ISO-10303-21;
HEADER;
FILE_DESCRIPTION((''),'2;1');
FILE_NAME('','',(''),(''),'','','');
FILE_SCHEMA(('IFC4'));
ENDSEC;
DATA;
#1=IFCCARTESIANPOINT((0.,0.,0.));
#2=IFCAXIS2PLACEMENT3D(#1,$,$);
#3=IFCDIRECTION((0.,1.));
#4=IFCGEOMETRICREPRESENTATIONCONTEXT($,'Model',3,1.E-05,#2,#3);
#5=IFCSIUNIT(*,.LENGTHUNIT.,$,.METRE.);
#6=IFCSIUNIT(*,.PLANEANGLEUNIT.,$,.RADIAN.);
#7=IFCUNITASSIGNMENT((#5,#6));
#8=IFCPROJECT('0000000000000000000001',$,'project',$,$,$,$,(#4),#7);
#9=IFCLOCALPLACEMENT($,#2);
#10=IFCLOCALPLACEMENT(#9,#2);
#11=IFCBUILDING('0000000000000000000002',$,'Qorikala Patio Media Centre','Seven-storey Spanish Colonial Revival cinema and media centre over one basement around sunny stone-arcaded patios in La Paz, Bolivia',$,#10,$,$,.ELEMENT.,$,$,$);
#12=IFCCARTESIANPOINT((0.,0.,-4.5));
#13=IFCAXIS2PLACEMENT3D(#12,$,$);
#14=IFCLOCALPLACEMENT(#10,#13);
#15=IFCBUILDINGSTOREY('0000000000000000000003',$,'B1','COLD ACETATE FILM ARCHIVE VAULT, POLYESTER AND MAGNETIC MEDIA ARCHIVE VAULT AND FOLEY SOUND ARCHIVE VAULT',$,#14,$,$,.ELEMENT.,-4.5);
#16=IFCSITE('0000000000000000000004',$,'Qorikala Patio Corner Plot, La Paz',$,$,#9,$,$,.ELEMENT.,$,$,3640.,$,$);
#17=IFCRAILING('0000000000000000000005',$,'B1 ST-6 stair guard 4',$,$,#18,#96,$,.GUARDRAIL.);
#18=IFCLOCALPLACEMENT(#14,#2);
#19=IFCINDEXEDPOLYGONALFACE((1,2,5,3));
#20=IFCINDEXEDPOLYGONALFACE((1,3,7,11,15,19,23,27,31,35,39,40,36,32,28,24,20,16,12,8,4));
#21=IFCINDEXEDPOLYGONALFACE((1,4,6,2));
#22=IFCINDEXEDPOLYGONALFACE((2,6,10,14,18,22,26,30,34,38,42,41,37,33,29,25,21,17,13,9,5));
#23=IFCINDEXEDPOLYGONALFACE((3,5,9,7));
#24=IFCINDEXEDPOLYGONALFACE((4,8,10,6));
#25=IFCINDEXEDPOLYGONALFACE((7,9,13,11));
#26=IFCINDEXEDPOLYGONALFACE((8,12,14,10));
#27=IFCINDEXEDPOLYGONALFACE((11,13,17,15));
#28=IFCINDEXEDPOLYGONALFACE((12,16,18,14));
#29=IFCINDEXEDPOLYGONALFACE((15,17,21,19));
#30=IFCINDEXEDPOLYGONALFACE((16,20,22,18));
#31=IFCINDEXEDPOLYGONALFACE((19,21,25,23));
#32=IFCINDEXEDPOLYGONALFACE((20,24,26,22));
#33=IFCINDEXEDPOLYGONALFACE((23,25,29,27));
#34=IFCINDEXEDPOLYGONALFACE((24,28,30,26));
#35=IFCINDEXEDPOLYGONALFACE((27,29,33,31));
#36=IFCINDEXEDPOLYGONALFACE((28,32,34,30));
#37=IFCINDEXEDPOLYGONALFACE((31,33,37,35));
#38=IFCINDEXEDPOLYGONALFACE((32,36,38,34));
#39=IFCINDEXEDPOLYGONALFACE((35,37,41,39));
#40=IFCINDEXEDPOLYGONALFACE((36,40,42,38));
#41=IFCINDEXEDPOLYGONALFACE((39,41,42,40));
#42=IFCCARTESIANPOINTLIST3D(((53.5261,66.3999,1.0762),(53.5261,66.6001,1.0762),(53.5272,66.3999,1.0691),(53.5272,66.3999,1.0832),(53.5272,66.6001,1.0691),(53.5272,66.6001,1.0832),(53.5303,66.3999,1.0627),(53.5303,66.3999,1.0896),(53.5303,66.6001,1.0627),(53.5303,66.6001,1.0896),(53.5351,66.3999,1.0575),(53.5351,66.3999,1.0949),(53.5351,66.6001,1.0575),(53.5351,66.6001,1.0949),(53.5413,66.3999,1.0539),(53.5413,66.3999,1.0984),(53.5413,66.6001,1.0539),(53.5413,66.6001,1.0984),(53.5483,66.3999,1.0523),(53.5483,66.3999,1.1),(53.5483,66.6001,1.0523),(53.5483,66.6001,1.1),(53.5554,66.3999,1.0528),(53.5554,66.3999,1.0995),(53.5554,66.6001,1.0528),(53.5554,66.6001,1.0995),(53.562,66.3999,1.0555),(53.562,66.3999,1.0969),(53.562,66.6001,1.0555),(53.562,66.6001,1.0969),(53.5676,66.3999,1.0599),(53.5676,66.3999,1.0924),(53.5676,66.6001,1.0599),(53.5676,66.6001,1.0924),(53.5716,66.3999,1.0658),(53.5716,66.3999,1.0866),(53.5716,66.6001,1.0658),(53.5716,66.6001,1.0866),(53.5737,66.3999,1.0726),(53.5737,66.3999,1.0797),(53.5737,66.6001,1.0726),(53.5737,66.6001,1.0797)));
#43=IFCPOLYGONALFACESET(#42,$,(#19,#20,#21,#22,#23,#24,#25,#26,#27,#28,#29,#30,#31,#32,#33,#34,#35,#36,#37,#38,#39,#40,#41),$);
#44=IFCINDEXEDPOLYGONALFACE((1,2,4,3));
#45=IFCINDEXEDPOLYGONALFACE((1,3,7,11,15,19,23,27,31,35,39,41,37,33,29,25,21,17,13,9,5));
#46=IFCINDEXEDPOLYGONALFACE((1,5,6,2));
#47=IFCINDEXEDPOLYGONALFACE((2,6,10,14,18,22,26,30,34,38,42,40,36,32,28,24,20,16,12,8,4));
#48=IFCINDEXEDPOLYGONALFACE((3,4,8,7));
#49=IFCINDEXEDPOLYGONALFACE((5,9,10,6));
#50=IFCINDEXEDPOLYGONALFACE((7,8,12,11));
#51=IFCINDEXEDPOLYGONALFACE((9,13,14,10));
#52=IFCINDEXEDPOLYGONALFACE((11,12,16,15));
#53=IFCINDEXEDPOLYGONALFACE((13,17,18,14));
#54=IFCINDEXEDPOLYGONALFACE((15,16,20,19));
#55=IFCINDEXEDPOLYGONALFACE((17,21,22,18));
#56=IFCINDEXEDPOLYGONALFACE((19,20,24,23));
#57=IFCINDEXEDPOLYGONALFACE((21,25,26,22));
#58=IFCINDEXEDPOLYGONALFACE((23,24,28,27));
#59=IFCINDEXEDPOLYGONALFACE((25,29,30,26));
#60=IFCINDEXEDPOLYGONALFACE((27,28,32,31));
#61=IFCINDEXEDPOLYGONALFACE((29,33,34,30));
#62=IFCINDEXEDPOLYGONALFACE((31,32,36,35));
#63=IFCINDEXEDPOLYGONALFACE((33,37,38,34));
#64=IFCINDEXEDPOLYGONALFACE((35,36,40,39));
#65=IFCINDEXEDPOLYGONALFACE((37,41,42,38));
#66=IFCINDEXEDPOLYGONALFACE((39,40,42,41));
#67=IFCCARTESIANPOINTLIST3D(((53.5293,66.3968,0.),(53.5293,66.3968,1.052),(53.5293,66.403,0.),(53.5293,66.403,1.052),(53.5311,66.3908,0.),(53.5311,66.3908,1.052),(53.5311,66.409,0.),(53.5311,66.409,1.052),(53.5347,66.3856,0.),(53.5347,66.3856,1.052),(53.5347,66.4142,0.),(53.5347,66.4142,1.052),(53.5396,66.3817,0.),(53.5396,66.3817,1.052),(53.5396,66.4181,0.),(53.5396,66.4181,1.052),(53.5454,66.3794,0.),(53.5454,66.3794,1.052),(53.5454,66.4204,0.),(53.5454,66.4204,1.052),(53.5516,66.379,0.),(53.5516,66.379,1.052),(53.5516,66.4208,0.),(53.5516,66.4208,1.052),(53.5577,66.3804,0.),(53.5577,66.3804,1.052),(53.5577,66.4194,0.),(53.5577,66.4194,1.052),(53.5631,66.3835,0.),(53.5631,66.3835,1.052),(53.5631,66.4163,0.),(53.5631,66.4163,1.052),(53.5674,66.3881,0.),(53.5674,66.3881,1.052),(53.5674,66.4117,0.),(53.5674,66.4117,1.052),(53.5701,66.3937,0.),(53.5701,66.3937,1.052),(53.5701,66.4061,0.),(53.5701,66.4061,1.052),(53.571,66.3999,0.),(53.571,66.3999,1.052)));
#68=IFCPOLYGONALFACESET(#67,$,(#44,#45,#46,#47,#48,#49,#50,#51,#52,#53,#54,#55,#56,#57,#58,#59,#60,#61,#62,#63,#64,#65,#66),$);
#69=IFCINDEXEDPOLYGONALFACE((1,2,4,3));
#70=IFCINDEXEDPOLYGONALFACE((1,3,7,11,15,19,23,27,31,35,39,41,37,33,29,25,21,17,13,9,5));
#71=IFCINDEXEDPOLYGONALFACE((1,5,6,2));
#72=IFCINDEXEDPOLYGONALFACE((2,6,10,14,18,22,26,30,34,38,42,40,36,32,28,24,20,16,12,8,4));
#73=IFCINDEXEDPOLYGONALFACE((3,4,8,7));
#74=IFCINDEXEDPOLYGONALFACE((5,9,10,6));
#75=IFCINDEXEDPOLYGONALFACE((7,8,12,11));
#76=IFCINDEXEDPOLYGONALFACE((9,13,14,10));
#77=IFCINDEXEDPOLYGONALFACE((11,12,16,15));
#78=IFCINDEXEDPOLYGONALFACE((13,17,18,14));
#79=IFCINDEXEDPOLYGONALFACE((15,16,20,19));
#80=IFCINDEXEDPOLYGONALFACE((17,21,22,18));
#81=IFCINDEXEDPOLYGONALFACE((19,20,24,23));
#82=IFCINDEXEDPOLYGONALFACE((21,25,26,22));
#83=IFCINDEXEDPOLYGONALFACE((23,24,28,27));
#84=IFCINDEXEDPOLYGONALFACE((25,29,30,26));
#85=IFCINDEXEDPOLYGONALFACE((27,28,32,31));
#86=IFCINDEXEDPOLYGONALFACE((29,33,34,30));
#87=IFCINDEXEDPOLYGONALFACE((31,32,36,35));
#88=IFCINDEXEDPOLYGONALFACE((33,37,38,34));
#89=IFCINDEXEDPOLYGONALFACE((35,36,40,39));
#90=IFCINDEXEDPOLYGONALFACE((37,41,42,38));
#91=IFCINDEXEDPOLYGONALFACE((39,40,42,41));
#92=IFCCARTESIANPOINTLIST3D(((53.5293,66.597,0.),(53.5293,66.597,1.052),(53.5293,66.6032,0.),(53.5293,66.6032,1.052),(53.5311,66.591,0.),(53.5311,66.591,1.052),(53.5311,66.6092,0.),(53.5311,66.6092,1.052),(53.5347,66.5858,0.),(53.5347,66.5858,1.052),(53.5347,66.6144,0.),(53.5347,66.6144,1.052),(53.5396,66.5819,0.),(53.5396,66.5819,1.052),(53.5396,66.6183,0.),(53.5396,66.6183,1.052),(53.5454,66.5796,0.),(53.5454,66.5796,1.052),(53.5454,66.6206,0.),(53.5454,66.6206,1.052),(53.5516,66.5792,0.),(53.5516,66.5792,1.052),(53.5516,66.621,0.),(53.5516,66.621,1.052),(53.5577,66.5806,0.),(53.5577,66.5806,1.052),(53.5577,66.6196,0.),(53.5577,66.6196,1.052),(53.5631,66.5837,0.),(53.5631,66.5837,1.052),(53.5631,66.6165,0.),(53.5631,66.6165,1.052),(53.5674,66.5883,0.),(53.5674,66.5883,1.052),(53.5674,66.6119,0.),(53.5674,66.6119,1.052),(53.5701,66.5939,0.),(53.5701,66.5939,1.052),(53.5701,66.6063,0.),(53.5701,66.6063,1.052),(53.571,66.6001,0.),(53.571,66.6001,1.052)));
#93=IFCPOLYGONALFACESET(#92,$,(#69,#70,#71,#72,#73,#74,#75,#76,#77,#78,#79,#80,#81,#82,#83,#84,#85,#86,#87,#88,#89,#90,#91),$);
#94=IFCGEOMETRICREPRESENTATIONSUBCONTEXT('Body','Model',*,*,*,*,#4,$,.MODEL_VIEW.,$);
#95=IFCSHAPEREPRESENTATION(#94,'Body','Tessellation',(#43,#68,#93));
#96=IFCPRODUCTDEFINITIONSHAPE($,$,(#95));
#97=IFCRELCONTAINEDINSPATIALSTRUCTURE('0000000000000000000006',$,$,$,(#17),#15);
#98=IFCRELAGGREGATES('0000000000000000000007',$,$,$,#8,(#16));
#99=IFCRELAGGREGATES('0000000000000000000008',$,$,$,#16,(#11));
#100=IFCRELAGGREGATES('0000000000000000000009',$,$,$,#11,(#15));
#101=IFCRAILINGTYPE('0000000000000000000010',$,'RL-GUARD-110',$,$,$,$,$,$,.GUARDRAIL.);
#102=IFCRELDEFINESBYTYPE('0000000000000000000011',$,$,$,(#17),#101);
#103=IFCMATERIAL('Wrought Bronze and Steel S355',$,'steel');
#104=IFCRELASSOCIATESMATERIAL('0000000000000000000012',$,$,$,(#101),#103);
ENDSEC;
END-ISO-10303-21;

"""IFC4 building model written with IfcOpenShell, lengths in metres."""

from ifc_helpers import new_model, si_unit, direction, frame, origin, origin_2d, place, context, subcontext, project, spatial, circle, extrude, material, type_object, element, save


model = new_model("IFC4")

# Units and contexts
model_context = context("Model", 3, precision=1e-05, world=origin(), true_north=direction((0.0, 1.0)))
body_context = subcontext(model_context, "Body", "Model", "MODEL_VIEW")
ifc_project = project(units=[si_unit("LENGTHUNIT", "METRE"), si_unit("PLANEANGLEUNIT", "RADIAN")], contexts=[model_context])

# Site, building, storey
site_placement = place(None, origin())
site = spatial("IfcSite", under=ifc_project, at=site_placement, Name="Qorikala Patio Corner Plot, La Paz", CompositionType="ELEMENT", RefElevation=3640.0)
building_placement = place(site_placement, origin())
building = spatial("IfcBuilding", under=site, at=building_placement, Name="Qorikala Patio Media Centre", Description="Seven-storey Spanish Colonial Revival cinema and media centre over one basement around sunny stone-arcaded patios in La Paz, Bolivia", CompositionType="ELEMENT")
storey_placement = place(building_placement, frame((0.0, 0.0, -4.5)))
storey = spatial("IfcBuildingStorey", under=building, at=storey_placement, Name="B1", Description="COLD ACETATE FILM ARCHIVE VAULT, POLYESTER AND MAGNETIC MEDIA ARCHIVE VAULT AND FOLEY SOUND ARCHIVE VAULT", CompositionType="ELEMENT", Elevation=-4.5)

# Railing
ifc_material_1 = material(Name="Wrought Bronze and Steel S355", Category="steel")
railing_type_1 = type_object("IfcRailingType", Name="RL-GUARD-110", PredefinedType="GUARDRAIL", material=ifc_material_1)
railing_1_placement = place(storey_placement, frame((53.55, 66.3999, 0.0)))
element("IfcRailing", 1, at=railing_1_placement, inside=storey, type_object=railing_type_1, Name="B1 ST-6 stair guard 4", PredefinedType="GUARDRAIL", context=body_context, shape_type="SweptSolid", body=[
    extrude(circle(Radius=0.0239, at=origin_2d()), frame((0.0, 0.0, 1.0762), z_axis=(0.0, 1.0, 0.0), x_axis=(-1.0, 0.0, 0.0)), (0.0, 0.0, 1.0), 0.2002),
    extrude(circle(Radius=0.021, at=origin_2d()), origin(), (0.0, 0.0, 1.0), 1.052),
    extrude(circle(Radius=0.021, at=origin_2d()), frame((0.0, 0.2002, 0.0)), (0.0, 0.0, 1.0), 1.052),
])

save(model, "model.ifc")
